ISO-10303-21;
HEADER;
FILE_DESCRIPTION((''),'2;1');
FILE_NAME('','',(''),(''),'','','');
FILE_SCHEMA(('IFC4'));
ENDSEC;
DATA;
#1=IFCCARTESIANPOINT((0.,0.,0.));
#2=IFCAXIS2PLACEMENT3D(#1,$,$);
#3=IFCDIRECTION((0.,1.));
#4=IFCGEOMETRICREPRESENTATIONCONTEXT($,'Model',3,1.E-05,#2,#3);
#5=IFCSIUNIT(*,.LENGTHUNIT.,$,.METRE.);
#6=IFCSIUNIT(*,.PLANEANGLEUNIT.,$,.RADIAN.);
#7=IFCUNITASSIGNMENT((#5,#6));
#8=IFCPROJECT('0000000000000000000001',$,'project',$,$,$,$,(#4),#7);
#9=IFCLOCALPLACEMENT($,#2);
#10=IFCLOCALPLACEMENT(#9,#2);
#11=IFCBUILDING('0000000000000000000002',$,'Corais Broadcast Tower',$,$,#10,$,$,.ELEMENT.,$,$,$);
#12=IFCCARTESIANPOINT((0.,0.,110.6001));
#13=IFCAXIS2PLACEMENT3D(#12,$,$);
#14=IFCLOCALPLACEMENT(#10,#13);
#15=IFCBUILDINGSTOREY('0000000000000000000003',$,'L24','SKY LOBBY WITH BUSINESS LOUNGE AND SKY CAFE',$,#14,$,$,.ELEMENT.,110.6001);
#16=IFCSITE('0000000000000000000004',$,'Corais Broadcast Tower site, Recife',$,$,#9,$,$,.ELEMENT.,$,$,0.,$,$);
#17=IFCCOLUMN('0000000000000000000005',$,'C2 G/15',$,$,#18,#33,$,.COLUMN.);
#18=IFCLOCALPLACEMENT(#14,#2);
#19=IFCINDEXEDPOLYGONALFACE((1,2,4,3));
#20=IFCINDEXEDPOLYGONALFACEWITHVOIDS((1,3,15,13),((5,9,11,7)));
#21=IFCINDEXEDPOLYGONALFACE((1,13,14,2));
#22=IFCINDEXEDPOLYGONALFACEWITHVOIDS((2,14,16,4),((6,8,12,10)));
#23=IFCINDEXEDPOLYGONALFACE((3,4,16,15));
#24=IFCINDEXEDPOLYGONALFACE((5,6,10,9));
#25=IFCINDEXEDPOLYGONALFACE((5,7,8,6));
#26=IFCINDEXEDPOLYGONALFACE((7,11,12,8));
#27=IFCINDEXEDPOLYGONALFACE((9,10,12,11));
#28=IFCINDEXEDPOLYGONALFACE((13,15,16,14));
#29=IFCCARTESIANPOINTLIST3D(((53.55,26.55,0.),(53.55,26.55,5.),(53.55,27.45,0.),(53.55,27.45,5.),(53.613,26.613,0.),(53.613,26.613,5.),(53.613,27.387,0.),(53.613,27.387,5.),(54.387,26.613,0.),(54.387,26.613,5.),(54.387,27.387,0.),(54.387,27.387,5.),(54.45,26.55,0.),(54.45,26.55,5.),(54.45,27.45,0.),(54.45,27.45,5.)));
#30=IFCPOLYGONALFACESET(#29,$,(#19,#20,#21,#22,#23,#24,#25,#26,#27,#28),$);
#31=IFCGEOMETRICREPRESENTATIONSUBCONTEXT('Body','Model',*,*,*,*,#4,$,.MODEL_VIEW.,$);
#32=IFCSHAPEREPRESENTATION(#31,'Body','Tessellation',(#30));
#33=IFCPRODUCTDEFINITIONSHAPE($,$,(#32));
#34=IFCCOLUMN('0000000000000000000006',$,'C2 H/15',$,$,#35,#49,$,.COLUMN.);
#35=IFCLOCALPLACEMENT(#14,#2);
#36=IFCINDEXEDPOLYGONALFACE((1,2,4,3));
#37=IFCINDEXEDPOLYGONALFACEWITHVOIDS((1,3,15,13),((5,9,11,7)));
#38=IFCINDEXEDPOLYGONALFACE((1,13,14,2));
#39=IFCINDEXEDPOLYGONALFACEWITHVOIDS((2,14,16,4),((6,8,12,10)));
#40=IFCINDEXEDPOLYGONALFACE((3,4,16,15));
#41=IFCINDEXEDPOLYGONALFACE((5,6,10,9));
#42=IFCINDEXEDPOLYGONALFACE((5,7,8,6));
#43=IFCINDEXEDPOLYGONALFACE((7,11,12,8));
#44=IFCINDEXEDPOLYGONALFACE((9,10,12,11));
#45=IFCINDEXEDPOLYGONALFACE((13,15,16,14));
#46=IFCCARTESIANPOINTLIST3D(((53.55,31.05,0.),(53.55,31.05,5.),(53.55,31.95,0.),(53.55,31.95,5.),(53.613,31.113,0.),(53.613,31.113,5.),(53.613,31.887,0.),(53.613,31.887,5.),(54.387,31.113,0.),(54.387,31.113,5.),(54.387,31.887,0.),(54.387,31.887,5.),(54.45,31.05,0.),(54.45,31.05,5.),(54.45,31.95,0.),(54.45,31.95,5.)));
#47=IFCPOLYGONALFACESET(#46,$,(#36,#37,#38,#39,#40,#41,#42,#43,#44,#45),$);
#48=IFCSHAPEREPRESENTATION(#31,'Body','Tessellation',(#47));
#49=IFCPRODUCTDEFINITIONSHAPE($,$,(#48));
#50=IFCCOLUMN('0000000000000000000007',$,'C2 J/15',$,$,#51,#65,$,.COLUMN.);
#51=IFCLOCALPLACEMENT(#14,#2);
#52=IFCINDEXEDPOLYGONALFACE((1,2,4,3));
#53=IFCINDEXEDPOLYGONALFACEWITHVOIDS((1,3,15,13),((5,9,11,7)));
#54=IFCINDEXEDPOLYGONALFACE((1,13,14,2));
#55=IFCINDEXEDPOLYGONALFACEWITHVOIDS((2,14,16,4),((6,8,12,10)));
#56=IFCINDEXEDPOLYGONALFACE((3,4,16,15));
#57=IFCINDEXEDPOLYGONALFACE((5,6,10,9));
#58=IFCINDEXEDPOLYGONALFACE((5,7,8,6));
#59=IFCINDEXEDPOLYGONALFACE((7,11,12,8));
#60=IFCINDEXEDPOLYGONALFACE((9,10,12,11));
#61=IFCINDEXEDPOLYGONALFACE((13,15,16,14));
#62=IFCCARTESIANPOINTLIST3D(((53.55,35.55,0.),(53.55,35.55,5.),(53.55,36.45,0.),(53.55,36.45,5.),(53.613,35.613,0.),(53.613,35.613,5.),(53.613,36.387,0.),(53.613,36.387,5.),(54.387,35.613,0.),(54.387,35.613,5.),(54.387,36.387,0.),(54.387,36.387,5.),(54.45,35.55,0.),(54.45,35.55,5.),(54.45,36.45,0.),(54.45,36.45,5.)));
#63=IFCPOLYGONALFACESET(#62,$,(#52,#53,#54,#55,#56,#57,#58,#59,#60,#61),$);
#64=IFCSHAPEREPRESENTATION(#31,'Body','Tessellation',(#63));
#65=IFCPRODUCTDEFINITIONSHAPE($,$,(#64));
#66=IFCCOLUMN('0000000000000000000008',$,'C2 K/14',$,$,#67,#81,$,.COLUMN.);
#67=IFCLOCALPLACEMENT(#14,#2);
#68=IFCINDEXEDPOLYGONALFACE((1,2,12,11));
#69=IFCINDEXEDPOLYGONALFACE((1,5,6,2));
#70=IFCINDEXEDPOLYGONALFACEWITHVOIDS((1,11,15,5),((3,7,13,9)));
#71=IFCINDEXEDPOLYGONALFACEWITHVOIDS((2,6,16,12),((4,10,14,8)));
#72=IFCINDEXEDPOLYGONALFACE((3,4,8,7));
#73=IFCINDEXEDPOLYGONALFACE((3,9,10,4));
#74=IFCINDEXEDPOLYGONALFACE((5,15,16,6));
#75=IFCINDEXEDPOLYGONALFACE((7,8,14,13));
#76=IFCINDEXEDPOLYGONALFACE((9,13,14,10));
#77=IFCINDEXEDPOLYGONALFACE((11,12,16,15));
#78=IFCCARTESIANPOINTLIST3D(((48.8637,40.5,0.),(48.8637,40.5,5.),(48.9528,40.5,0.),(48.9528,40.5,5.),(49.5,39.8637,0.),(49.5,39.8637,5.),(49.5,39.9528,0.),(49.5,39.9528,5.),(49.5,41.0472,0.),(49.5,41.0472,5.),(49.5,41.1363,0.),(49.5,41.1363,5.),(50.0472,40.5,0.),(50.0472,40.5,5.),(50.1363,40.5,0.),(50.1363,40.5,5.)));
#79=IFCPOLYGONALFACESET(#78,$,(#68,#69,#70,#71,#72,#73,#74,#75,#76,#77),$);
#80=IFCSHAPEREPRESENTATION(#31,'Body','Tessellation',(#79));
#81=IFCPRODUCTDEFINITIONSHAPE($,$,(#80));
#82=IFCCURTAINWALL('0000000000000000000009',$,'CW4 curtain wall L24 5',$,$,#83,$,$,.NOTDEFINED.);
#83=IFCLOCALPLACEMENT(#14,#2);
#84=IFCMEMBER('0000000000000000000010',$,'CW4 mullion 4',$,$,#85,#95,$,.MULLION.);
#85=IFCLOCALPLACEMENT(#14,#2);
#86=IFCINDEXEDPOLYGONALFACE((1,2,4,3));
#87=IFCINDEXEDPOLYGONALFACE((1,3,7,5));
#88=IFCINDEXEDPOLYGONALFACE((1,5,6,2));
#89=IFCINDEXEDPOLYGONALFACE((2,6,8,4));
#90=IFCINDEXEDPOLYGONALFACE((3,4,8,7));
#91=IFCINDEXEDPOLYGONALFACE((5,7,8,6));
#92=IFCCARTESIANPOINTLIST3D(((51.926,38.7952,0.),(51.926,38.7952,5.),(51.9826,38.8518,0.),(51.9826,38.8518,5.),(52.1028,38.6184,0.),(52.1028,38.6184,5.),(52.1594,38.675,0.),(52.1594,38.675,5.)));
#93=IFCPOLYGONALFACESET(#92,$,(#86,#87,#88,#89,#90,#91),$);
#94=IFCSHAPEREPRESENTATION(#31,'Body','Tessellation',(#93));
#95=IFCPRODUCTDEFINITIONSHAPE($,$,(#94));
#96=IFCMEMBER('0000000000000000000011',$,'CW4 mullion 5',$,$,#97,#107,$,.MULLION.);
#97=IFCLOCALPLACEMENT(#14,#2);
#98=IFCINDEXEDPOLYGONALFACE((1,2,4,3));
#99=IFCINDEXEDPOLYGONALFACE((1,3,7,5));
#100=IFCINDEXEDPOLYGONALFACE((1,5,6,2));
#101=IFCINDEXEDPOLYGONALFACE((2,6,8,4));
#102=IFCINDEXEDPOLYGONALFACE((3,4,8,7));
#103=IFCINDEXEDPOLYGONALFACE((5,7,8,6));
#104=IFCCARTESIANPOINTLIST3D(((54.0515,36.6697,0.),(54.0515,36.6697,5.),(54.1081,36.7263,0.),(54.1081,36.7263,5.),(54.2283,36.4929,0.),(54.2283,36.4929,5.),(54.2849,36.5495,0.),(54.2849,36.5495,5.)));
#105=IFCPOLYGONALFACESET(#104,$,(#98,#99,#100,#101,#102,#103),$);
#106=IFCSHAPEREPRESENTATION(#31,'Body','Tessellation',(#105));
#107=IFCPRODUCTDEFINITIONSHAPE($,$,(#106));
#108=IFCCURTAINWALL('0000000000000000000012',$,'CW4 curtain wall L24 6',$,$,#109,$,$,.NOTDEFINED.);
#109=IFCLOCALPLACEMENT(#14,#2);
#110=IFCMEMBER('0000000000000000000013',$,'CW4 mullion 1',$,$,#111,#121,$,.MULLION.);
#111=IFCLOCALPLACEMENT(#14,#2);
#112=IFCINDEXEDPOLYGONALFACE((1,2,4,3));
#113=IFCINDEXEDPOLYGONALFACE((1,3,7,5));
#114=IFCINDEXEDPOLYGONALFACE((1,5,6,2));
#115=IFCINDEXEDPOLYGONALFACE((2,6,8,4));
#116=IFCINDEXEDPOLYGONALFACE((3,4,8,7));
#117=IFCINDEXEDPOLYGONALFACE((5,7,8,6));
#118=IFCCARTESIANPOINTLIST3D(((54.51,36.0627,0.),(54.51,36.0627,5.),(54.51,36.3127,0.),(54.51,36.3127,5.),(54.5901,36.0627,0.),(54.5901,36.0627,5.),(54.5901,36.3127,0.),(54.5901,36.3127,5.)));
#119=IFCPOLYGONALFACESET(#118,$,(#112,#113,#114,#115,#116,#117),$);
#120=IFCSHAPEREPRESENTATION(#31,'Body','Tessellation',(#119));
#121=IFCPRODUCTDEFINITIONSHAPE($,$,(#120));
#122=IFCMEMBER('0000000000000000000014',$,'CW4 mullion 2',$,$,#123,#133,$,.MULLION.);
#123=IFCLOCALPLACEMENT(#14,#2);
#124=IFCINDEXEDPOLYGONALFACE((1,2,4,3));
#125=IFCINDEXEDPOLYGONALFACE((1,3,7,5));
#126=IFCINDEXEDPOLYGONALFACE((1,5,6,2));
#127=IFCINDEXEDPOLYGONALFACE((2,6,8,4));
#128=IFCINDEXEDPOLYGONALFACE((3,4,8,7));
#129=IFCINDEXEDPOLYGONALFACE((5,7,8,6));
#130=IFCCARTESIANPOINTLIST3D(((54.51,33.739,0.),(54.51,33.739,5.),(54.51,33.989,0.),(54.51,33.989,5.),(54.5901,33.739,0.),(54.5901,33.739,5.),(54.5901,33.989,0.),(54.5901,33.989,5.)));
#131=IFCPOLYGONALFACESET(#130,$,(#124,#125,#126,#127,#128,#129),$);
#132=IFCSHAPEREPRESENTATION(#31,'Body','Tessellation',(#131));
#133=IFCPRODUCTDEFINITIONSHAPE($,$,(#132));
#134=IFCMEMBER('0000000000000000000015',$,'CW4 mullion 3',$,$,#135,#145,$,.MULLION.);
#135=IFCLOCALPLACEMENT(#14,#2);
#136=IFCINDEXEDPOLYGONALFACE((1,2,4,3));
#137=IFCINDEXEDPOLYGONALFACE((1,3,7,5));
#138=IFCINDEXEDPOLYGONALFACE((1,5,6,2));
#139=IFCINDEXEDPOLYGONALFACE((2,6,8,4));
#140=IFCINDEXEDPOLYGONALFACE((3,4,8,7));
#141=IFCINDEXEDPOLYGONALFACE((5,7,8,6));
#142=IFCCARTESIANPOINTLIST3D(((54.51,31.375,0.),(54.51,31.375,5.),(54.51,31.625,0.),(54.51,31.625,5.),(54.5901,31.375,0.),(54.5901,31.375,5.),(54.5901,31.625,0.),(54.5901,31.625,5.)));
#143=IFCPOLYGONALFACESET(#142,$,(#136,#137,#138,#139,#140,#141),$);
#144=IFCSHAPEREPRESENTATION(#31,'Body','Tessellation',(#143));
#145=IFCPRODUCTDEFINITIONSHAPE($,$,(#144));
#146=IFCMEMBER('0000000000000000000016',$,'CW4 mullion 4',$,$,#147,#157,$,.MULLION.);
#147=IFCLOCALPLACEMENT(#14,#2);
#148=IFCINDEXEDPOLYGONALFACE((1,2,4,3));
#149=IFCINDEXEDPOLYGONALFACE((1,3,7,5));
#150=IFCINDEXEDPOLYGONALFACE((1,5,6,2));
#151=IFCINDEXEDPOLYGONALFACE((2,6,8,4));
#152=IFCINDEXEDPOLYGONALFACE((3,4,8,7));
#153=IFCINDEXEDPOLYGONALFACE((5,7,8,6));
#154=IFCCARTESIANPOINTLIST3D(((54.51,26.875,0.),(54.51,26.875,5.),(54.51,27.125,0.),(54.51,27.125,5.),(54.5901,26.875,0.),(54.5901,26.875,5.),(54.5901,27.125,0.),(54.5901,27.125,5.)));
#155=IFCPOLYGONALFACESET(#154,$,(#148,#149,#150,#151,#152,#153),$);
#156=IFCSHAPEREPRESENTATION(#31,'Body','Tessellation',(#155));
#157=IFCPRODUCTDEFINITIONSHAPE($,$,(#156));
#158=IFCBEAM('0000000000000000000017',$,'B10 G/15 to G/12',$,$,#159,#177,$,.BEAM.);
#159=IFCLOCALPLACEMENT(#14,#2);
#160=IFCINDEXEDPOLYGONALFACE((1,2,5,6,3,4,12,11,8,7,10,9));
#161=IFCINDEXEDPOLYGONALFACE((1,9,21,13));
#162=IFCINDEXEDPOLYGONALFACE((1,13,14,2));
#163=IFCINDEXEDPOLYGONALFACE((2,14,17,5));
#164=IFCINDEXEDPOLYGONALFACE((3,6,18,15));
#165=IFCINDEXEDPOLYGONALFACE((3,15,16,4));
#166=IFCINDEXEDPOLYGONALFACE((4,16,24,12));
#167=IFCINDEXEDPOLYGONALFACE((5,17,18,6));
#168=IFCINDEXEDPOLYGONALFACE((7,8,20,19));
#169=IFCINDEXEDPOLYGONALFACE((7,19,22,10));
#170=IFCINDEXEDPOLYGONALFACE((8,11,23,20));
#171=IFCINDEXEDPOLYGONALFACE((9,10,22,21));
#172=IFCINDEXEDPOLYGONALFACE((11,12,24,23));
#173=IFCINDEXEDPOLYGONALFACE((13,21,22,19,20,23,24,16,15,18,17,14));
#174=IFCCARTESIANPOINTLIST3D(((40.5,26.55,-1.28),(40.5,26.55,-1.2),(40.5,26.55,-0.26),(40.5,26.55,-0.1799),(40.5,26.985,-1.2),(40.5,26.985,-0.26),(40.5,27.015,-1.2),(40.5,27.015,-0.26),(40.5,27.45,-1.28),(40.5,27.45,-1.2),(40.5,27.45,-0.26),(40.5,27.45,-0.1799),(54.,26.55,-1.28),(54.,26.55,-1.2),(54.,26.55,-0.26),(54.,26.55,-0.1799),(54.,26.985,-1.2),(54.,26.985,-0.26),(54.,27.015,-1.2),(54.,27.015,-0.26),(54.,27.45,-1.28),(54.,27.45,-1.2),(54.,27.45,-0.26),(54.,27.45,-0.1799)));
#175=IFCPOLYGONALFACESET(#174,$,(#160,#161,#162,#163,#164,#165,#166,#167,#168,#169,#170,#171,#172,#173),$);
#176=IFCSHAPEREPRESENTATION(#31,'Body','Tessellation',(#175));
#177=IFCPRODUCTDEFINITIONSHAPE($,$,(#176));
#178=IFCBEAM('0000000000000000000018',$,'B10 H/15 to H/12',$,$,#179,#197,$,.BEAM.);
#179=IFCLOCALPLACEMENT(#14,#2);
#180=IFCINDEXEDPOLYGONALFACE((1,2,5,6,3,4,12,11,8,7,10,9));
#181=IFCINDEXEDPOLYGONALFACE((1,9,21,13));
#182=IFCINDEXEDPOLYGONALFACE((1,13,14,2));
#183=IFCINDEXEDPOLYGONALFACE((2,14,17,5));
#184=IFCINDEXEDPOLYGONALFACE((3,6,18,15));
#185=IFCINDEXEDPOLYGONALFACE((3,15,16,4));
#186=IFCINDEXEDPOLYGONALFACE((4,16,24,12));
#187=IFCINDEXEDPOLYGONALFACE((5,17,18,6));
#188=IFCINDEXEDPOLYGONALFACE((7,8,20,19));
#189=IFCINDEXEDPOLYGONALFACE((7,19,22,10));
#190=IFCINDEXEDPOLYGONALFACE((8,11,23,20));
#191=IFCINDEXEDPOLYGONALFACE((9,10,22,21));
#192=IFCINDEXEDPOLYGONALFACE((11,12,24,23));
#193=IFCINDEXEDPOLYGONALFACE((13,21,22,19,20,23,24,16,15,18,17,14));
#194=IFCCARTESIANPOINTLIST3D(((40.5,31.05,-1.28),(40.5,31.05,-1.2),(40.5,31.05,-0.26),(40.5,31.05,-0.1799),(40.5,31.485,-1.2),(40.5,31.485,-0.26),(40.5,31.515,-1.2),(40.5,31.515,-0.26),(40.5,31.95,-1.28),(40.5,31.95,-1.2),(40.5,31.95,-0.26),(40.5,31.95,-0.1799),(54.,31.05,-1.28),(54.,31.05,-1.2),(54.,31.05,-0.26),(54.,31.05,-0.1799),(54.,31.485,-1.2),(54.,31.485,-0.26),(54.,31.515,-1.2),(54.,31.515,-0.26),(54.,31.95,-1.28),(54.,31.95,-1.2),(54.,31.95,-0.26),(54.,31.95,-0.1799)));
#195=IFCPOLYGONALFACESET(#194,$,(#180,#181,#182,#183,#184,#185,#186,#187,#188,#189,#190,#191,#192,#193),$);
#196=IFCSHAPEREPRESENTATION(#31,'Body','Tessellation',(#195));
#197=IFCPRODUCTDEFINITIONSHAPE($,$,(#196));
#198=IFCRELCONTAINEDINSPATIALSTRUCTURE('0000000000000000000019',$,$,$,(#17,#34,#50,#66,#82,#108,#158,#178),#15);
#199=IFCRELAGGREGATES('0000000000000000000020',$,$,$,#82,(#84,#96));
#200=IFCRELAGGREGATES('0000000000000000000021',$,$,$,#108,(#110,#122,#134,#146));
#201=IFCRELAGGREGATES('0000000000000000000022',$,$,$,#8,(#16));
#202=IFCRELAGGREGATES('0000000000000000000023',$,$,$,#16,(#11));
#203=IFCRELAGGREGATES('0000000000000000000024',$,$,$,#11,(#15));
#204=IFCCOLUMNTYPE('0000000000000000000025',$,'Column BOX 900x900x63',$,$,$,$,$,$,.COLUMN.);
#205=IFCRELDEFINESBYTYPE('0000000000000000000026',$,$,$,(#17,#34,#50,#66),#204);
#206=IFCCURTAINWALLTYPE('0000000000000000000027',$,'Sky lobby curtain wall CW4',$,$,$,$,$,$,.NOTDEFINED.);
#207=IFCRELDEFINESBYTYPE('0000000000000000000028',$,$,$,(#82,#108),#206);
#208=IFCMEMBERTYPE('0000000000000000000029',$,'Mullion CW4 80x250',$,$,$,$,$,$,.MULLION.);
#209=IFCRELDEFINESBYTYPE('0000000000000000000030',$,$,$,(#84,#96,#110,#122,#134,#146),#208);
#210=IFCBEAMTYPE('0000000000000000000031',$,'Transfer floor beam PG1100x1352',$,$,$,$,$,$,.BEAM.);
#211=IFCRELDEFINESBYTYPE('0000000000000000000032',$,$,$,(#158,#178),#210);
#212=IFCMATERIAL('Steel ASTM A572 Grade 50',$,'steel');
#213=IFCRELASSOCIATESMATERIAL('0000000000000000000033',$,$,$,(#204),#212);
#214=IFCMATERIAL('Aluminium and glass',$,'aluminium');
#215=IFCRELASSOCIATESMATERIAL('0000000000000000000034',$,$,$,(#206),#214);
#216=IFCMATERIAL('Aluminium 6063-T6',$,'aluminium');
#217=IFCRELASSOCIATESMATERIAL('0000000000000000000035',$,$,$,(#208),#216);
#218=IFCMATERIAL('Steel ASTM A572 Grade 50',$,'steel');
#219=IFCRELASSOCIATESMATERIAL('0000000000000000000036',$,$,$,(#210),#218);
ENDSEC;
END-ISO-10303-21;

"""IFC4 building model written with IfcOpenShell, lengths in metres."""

from ifc_helpers import new_model, si_unit, direction, frame, origin, origin_2d, place, context, subcontext, project, spatial, rectangle, hollow_rectangle, i_section, extrude, material, material_profile, profile_set, type_object, element, aggregate, save


model = new_model("IFC4")

# Units and contexts
model_context = context("Model", 3, precision=1e-05, world=origin(), true_north=direction((0.0, 1.0)))
body_context = subcontext(model_context, "Body", "Model", "MODEL_VIEW")
ifc_project = project(units=[si_unit("LENGTHUNIT", "METRE"), si_unit("PLANEANGLEUNIT", "RADIAN")], contexts=[model_context])

# Site, building, storey
site_placement = place(None, origin())
site = spatial("IfcSite", under=ifc_project, at=site_placement, Name="Corais Broadcast Tower site, Recife", CompositionType="ELEMENT", RefElevation=0.0)
building_placement = place(site_placement, origin())
building = spatial("IfcBuilding", under=site, at=building_placement, Name="Corais Broadcast Tower", CompositionType="ELEMENT")
storey_placement = place(building_placement, frame((0.0, 0.0, 110.6001)))
storey = spatial("IfcBuildingStorey", under=building, at=storey_placement, Name="L24", Description="SKY LOBBY WITH BUSINESS LOUNGE AND SKY CAFE", CompositionType="ELEMENT", Elevation=110.6001)

# Columns
ifc_material_1 = material(Name="Steel ASTM A572 Grade 50", Category="steel")
ifc_material_profile_1 = material_profile(ifc_material_1, hollow_rectangle(XDim=0.8999, YDim=0.8999, WallThickness=0.063, at=origin_2d()), Name="BOX 900x900x63")
ifc_profile_set_1 = profile_set([ifc_material_profile_1], Name="Steel ASTM A572 Grade 50")
column_type = type_object("IfcColumnType", Name="Column BOX 900x900x63", PredefinedType="COLUMN", material=ifc_profile_set_1)
for number, where, z_axis, x_axis, name in (
    (1, (54.0, 27.0, 0.0), (0.0, 0.0, 1.0), (1.0, 0.0, 0.0), "C2 G/15"),
    (2, (54.0, 31.5, 0.0), (0.0, 0.0, 1.0), (1.0, 0.0, 0.0), "C2 H/15"),
    (3, (54.0, 36.0, 0.0), (0.0, 0.0, 1.0), (1.0, 0.0, 0.0), "C2 J/15"),
    (4, (49.5, 40.5, 0.0), (0.0, 0.0, 1.0), (0.707107, 0.707107, 0.0), "C2 K/14"),
):
    element("IfcColumn", number, at=place(storey_placement, frame(where, z_axis=z_axis, x_axis=x_axis)), inside=storey, type_object=column_type, Name=name, PredefinedType="COLUMN", context=body_context, shape_type="SweptSolid", body=[
        extrude(hollow_rectangle(XDim=0.8999, YDim=0.8999, WallThickness=0.063, at=origin_2d()), origin(), (0.0, 0.0, 1.0), 5.0),
    ])

# Curtain walls, members
ifc_material_2 = material(Name="Aluminium and glass", Category="aluminium")
curtain_wall_type = type_object("IfcCurtainWallType", Name="Sky lobby curtain wall CW4", PredefinedType="NOTDEFINED", material=ifc_material_2)
curtain_wall_1_placement = place(storey_placement, origin())
curtain_wall_1 = element("IfcCurtainWall", 5, at=curtain_wall_1_placement, inside=storey, type_object=curtain_wall_type, Name="CW4 curtain wall L24 5", PredefinedType="NOTDEFINED")
ifc_material_3 = material(Name="Aluminium 6063-T6", Category="aluminium")
ifc_material_profile_2 = material_profile(ifc_material_3, rectangle(XDim=0.0801, YDim=0.25, at=origin_2d()), Name="Mullion CW4 80x250")
ifc_profile_set_2 = profile_set([ifc_material_profile_2], Name="Aluminium 6063-T6")
member_type_1 = type_object("IfcMemberType", Name="Mullion CW4 80x250", PredefinedType="MULLION", material=ifc_profile_set_2)
member_1_placement = place(storey_placement, frame((52.0427, 38.7351, 0.0), z_axis=(0.0, 0.0, 1.0), x_axis=(0.707107, 0.707107, 0.0)))
member_1 = element("IfcMember", 6, at=member_1_placement, type_object=member_type_1, Name="CW4 mullion 4", PredefinedType="MULLION", context=body_context, shape_type="SweptSolid", body=[
    extrude(rectangle(XDim=0.0801, YDim=0.25, at=origin_2d()), origin(), (0.0, 0.0, 1.0), 5.0),
])
member_2_placement = place(storey_placement, frame((54.1682, 36.6096, 0.0), z_axis=(0.0, 0.0, 1.0), x_axis=(0.707107, 0.707107, 0.0)))
member_2 = element("IfcMember", 7, at=member_2_placement, type_object=member_type_1, Name="CW4 mullion 5", PredefinedType="MULLION", context=body_context, shape_type="SweptSolid", body=[
    extrude(rectangle(XDim=0.0801, YDim=0.25, at=origin_2d()), origin(), (0.0, 0.0, 1.0), 5.0),
])
curtain_wall_2_placement = place(storey_placement, origin())
curtain_wall_2 = element("IfcCurtainWall", 8, at=curtain_wall_2_placement, inside=storey, type_object=curtain_wall_type, Name="CW4 curtain wall L24 6", PredefinedType="NOTDEFINED")
member_3_placement = place(storey_placement, frame((54.55, 36.1877, 0.0), z_axis=(0.0, 0.0, 1.0), x_axis=(1.0, 0.0, 0.0)))
member_3 = element("IfcMember", 9, at=member_3_placement, type_object=member_type_1, Name="CW4 mullion 1", PredefinedType="MULLION", context=body_context, shape_type="SweptSolid", body=[
    extrude(rectangle(XDim=0.0801, YDim=0.25, at=origin_2d()), origin(), (0.0, 0.0, 1.0), 5.0),
])
member_4_placement = place(storey_placement, frame((54.55, 33.864, 0.0), z_axis=(0.0, 0.0, 1.0), x_axis=(1.0, 0.0, 0.0)))
member_4 = element("IfcMember", 10, at=member_4_placement, type_object=member_type_1, Name="CW4 mullion 2", PredefinedType="MULLION", context=body_context, shape_type="SweptSolid", body=[
    extrude(rectangle(XDim=0.0801, YDim=0.25, at=origin_2d()), origin(), (0.0, 0.0, 1.0), 5.0),
])
member_5_placement = place(storey_placement, frame((54.55, 31.5, 0.0), z_axis=(0.0, 0.0, 1.0), x_axis=(1.0, 0.0, 0.0)))
member_5 = element("IfcMember", 11, at=member_5_placement, type_object=member_type_1, Name="CW4 mullion 3", PredefinedType="MULLION", context=body_context, shape_type="SweptSolid", body=[
    extrude(rectangle(XDim=0.0801, YDim=0.25, at=origin_2d()), origin(), (0.0, 0.0, 1.0), 5.0),
])
member_6_placement = place(storey_placement, frame((54.55, 27.0, 0.0), z_axis=(0.0, 0.0, 1.0), x_axis=(1.0, 0.0, 0.0)))
member_6 = element("IfcMember", 12, at=member_6_placement, type_object=member_type_1, Name="CW4 mullion 4", PredefinedType="MULLION", context=body_context, shape_type="SweptSolid", body=[
    extrude(rectangle(XDim=0.0801, YDim=0.25, at=origin_2d()), origin(), (0.0, 0.0, 1.0), 5.0),
])

# Beams
ifc_material_4 = material(Name="Steel ASTM A572 Grade 50", Category="steel")
ifc_material_profile_3 = material_profile(ifc_material_4, i_section(OverallWidth=0.8999, OverallDepth=1.1001, WebThickness=0.03, FlangeThickness=0.0801, at=origin_2d()), Name="PG1100x1352")
ifc_profile_set_3 = profile_set([ifc_material_profile_3], Name="Steel ASTM A572 Grade 50")
beam_type_1 = type_object("IfcBeamType", Name="Transfer floor beam PG1100x1352", PredefinedType="BEAM", material=ifc_profile_set_3)
for number, where, z_axis, x_axis, name in (
    (13, (54.0, 27.0, -0.73), (-1.0, 0.0, 0.0), (0.0, -1.0, 0.0), "B10 G/15 to G/12"),
    (14, (54.0, 31.5, -0.73), (-1.0, 0.0, 0.0), (0.0, -1.0, 0.0), "B10 H/15 to H/12"),
):
    element("IfcBeam", number, at=place(storey_placement, frame(where, z_axis=z_axis, x_axis=x_axis)), inside=storey, type_object=beam_type_1, Name=name, PredefinedType="BEAM", context=body_context, shape_type="SweptSolid", body=[
        extrude(i_section(OverallWidth=0.8999, OverallDepth=1.1001, WebThickness=0.03, FlangeThickness=0.0801, at=origin_2d()), origin(), (0.0, 0.0, 1.0), 13.5),
    ])

aggregate(curtain_wall_1, [member_1, member_2])
aggregate(curtain_wall_2, [member_3, member_4, member_5, member_6])

save(model, "model.ifc")
